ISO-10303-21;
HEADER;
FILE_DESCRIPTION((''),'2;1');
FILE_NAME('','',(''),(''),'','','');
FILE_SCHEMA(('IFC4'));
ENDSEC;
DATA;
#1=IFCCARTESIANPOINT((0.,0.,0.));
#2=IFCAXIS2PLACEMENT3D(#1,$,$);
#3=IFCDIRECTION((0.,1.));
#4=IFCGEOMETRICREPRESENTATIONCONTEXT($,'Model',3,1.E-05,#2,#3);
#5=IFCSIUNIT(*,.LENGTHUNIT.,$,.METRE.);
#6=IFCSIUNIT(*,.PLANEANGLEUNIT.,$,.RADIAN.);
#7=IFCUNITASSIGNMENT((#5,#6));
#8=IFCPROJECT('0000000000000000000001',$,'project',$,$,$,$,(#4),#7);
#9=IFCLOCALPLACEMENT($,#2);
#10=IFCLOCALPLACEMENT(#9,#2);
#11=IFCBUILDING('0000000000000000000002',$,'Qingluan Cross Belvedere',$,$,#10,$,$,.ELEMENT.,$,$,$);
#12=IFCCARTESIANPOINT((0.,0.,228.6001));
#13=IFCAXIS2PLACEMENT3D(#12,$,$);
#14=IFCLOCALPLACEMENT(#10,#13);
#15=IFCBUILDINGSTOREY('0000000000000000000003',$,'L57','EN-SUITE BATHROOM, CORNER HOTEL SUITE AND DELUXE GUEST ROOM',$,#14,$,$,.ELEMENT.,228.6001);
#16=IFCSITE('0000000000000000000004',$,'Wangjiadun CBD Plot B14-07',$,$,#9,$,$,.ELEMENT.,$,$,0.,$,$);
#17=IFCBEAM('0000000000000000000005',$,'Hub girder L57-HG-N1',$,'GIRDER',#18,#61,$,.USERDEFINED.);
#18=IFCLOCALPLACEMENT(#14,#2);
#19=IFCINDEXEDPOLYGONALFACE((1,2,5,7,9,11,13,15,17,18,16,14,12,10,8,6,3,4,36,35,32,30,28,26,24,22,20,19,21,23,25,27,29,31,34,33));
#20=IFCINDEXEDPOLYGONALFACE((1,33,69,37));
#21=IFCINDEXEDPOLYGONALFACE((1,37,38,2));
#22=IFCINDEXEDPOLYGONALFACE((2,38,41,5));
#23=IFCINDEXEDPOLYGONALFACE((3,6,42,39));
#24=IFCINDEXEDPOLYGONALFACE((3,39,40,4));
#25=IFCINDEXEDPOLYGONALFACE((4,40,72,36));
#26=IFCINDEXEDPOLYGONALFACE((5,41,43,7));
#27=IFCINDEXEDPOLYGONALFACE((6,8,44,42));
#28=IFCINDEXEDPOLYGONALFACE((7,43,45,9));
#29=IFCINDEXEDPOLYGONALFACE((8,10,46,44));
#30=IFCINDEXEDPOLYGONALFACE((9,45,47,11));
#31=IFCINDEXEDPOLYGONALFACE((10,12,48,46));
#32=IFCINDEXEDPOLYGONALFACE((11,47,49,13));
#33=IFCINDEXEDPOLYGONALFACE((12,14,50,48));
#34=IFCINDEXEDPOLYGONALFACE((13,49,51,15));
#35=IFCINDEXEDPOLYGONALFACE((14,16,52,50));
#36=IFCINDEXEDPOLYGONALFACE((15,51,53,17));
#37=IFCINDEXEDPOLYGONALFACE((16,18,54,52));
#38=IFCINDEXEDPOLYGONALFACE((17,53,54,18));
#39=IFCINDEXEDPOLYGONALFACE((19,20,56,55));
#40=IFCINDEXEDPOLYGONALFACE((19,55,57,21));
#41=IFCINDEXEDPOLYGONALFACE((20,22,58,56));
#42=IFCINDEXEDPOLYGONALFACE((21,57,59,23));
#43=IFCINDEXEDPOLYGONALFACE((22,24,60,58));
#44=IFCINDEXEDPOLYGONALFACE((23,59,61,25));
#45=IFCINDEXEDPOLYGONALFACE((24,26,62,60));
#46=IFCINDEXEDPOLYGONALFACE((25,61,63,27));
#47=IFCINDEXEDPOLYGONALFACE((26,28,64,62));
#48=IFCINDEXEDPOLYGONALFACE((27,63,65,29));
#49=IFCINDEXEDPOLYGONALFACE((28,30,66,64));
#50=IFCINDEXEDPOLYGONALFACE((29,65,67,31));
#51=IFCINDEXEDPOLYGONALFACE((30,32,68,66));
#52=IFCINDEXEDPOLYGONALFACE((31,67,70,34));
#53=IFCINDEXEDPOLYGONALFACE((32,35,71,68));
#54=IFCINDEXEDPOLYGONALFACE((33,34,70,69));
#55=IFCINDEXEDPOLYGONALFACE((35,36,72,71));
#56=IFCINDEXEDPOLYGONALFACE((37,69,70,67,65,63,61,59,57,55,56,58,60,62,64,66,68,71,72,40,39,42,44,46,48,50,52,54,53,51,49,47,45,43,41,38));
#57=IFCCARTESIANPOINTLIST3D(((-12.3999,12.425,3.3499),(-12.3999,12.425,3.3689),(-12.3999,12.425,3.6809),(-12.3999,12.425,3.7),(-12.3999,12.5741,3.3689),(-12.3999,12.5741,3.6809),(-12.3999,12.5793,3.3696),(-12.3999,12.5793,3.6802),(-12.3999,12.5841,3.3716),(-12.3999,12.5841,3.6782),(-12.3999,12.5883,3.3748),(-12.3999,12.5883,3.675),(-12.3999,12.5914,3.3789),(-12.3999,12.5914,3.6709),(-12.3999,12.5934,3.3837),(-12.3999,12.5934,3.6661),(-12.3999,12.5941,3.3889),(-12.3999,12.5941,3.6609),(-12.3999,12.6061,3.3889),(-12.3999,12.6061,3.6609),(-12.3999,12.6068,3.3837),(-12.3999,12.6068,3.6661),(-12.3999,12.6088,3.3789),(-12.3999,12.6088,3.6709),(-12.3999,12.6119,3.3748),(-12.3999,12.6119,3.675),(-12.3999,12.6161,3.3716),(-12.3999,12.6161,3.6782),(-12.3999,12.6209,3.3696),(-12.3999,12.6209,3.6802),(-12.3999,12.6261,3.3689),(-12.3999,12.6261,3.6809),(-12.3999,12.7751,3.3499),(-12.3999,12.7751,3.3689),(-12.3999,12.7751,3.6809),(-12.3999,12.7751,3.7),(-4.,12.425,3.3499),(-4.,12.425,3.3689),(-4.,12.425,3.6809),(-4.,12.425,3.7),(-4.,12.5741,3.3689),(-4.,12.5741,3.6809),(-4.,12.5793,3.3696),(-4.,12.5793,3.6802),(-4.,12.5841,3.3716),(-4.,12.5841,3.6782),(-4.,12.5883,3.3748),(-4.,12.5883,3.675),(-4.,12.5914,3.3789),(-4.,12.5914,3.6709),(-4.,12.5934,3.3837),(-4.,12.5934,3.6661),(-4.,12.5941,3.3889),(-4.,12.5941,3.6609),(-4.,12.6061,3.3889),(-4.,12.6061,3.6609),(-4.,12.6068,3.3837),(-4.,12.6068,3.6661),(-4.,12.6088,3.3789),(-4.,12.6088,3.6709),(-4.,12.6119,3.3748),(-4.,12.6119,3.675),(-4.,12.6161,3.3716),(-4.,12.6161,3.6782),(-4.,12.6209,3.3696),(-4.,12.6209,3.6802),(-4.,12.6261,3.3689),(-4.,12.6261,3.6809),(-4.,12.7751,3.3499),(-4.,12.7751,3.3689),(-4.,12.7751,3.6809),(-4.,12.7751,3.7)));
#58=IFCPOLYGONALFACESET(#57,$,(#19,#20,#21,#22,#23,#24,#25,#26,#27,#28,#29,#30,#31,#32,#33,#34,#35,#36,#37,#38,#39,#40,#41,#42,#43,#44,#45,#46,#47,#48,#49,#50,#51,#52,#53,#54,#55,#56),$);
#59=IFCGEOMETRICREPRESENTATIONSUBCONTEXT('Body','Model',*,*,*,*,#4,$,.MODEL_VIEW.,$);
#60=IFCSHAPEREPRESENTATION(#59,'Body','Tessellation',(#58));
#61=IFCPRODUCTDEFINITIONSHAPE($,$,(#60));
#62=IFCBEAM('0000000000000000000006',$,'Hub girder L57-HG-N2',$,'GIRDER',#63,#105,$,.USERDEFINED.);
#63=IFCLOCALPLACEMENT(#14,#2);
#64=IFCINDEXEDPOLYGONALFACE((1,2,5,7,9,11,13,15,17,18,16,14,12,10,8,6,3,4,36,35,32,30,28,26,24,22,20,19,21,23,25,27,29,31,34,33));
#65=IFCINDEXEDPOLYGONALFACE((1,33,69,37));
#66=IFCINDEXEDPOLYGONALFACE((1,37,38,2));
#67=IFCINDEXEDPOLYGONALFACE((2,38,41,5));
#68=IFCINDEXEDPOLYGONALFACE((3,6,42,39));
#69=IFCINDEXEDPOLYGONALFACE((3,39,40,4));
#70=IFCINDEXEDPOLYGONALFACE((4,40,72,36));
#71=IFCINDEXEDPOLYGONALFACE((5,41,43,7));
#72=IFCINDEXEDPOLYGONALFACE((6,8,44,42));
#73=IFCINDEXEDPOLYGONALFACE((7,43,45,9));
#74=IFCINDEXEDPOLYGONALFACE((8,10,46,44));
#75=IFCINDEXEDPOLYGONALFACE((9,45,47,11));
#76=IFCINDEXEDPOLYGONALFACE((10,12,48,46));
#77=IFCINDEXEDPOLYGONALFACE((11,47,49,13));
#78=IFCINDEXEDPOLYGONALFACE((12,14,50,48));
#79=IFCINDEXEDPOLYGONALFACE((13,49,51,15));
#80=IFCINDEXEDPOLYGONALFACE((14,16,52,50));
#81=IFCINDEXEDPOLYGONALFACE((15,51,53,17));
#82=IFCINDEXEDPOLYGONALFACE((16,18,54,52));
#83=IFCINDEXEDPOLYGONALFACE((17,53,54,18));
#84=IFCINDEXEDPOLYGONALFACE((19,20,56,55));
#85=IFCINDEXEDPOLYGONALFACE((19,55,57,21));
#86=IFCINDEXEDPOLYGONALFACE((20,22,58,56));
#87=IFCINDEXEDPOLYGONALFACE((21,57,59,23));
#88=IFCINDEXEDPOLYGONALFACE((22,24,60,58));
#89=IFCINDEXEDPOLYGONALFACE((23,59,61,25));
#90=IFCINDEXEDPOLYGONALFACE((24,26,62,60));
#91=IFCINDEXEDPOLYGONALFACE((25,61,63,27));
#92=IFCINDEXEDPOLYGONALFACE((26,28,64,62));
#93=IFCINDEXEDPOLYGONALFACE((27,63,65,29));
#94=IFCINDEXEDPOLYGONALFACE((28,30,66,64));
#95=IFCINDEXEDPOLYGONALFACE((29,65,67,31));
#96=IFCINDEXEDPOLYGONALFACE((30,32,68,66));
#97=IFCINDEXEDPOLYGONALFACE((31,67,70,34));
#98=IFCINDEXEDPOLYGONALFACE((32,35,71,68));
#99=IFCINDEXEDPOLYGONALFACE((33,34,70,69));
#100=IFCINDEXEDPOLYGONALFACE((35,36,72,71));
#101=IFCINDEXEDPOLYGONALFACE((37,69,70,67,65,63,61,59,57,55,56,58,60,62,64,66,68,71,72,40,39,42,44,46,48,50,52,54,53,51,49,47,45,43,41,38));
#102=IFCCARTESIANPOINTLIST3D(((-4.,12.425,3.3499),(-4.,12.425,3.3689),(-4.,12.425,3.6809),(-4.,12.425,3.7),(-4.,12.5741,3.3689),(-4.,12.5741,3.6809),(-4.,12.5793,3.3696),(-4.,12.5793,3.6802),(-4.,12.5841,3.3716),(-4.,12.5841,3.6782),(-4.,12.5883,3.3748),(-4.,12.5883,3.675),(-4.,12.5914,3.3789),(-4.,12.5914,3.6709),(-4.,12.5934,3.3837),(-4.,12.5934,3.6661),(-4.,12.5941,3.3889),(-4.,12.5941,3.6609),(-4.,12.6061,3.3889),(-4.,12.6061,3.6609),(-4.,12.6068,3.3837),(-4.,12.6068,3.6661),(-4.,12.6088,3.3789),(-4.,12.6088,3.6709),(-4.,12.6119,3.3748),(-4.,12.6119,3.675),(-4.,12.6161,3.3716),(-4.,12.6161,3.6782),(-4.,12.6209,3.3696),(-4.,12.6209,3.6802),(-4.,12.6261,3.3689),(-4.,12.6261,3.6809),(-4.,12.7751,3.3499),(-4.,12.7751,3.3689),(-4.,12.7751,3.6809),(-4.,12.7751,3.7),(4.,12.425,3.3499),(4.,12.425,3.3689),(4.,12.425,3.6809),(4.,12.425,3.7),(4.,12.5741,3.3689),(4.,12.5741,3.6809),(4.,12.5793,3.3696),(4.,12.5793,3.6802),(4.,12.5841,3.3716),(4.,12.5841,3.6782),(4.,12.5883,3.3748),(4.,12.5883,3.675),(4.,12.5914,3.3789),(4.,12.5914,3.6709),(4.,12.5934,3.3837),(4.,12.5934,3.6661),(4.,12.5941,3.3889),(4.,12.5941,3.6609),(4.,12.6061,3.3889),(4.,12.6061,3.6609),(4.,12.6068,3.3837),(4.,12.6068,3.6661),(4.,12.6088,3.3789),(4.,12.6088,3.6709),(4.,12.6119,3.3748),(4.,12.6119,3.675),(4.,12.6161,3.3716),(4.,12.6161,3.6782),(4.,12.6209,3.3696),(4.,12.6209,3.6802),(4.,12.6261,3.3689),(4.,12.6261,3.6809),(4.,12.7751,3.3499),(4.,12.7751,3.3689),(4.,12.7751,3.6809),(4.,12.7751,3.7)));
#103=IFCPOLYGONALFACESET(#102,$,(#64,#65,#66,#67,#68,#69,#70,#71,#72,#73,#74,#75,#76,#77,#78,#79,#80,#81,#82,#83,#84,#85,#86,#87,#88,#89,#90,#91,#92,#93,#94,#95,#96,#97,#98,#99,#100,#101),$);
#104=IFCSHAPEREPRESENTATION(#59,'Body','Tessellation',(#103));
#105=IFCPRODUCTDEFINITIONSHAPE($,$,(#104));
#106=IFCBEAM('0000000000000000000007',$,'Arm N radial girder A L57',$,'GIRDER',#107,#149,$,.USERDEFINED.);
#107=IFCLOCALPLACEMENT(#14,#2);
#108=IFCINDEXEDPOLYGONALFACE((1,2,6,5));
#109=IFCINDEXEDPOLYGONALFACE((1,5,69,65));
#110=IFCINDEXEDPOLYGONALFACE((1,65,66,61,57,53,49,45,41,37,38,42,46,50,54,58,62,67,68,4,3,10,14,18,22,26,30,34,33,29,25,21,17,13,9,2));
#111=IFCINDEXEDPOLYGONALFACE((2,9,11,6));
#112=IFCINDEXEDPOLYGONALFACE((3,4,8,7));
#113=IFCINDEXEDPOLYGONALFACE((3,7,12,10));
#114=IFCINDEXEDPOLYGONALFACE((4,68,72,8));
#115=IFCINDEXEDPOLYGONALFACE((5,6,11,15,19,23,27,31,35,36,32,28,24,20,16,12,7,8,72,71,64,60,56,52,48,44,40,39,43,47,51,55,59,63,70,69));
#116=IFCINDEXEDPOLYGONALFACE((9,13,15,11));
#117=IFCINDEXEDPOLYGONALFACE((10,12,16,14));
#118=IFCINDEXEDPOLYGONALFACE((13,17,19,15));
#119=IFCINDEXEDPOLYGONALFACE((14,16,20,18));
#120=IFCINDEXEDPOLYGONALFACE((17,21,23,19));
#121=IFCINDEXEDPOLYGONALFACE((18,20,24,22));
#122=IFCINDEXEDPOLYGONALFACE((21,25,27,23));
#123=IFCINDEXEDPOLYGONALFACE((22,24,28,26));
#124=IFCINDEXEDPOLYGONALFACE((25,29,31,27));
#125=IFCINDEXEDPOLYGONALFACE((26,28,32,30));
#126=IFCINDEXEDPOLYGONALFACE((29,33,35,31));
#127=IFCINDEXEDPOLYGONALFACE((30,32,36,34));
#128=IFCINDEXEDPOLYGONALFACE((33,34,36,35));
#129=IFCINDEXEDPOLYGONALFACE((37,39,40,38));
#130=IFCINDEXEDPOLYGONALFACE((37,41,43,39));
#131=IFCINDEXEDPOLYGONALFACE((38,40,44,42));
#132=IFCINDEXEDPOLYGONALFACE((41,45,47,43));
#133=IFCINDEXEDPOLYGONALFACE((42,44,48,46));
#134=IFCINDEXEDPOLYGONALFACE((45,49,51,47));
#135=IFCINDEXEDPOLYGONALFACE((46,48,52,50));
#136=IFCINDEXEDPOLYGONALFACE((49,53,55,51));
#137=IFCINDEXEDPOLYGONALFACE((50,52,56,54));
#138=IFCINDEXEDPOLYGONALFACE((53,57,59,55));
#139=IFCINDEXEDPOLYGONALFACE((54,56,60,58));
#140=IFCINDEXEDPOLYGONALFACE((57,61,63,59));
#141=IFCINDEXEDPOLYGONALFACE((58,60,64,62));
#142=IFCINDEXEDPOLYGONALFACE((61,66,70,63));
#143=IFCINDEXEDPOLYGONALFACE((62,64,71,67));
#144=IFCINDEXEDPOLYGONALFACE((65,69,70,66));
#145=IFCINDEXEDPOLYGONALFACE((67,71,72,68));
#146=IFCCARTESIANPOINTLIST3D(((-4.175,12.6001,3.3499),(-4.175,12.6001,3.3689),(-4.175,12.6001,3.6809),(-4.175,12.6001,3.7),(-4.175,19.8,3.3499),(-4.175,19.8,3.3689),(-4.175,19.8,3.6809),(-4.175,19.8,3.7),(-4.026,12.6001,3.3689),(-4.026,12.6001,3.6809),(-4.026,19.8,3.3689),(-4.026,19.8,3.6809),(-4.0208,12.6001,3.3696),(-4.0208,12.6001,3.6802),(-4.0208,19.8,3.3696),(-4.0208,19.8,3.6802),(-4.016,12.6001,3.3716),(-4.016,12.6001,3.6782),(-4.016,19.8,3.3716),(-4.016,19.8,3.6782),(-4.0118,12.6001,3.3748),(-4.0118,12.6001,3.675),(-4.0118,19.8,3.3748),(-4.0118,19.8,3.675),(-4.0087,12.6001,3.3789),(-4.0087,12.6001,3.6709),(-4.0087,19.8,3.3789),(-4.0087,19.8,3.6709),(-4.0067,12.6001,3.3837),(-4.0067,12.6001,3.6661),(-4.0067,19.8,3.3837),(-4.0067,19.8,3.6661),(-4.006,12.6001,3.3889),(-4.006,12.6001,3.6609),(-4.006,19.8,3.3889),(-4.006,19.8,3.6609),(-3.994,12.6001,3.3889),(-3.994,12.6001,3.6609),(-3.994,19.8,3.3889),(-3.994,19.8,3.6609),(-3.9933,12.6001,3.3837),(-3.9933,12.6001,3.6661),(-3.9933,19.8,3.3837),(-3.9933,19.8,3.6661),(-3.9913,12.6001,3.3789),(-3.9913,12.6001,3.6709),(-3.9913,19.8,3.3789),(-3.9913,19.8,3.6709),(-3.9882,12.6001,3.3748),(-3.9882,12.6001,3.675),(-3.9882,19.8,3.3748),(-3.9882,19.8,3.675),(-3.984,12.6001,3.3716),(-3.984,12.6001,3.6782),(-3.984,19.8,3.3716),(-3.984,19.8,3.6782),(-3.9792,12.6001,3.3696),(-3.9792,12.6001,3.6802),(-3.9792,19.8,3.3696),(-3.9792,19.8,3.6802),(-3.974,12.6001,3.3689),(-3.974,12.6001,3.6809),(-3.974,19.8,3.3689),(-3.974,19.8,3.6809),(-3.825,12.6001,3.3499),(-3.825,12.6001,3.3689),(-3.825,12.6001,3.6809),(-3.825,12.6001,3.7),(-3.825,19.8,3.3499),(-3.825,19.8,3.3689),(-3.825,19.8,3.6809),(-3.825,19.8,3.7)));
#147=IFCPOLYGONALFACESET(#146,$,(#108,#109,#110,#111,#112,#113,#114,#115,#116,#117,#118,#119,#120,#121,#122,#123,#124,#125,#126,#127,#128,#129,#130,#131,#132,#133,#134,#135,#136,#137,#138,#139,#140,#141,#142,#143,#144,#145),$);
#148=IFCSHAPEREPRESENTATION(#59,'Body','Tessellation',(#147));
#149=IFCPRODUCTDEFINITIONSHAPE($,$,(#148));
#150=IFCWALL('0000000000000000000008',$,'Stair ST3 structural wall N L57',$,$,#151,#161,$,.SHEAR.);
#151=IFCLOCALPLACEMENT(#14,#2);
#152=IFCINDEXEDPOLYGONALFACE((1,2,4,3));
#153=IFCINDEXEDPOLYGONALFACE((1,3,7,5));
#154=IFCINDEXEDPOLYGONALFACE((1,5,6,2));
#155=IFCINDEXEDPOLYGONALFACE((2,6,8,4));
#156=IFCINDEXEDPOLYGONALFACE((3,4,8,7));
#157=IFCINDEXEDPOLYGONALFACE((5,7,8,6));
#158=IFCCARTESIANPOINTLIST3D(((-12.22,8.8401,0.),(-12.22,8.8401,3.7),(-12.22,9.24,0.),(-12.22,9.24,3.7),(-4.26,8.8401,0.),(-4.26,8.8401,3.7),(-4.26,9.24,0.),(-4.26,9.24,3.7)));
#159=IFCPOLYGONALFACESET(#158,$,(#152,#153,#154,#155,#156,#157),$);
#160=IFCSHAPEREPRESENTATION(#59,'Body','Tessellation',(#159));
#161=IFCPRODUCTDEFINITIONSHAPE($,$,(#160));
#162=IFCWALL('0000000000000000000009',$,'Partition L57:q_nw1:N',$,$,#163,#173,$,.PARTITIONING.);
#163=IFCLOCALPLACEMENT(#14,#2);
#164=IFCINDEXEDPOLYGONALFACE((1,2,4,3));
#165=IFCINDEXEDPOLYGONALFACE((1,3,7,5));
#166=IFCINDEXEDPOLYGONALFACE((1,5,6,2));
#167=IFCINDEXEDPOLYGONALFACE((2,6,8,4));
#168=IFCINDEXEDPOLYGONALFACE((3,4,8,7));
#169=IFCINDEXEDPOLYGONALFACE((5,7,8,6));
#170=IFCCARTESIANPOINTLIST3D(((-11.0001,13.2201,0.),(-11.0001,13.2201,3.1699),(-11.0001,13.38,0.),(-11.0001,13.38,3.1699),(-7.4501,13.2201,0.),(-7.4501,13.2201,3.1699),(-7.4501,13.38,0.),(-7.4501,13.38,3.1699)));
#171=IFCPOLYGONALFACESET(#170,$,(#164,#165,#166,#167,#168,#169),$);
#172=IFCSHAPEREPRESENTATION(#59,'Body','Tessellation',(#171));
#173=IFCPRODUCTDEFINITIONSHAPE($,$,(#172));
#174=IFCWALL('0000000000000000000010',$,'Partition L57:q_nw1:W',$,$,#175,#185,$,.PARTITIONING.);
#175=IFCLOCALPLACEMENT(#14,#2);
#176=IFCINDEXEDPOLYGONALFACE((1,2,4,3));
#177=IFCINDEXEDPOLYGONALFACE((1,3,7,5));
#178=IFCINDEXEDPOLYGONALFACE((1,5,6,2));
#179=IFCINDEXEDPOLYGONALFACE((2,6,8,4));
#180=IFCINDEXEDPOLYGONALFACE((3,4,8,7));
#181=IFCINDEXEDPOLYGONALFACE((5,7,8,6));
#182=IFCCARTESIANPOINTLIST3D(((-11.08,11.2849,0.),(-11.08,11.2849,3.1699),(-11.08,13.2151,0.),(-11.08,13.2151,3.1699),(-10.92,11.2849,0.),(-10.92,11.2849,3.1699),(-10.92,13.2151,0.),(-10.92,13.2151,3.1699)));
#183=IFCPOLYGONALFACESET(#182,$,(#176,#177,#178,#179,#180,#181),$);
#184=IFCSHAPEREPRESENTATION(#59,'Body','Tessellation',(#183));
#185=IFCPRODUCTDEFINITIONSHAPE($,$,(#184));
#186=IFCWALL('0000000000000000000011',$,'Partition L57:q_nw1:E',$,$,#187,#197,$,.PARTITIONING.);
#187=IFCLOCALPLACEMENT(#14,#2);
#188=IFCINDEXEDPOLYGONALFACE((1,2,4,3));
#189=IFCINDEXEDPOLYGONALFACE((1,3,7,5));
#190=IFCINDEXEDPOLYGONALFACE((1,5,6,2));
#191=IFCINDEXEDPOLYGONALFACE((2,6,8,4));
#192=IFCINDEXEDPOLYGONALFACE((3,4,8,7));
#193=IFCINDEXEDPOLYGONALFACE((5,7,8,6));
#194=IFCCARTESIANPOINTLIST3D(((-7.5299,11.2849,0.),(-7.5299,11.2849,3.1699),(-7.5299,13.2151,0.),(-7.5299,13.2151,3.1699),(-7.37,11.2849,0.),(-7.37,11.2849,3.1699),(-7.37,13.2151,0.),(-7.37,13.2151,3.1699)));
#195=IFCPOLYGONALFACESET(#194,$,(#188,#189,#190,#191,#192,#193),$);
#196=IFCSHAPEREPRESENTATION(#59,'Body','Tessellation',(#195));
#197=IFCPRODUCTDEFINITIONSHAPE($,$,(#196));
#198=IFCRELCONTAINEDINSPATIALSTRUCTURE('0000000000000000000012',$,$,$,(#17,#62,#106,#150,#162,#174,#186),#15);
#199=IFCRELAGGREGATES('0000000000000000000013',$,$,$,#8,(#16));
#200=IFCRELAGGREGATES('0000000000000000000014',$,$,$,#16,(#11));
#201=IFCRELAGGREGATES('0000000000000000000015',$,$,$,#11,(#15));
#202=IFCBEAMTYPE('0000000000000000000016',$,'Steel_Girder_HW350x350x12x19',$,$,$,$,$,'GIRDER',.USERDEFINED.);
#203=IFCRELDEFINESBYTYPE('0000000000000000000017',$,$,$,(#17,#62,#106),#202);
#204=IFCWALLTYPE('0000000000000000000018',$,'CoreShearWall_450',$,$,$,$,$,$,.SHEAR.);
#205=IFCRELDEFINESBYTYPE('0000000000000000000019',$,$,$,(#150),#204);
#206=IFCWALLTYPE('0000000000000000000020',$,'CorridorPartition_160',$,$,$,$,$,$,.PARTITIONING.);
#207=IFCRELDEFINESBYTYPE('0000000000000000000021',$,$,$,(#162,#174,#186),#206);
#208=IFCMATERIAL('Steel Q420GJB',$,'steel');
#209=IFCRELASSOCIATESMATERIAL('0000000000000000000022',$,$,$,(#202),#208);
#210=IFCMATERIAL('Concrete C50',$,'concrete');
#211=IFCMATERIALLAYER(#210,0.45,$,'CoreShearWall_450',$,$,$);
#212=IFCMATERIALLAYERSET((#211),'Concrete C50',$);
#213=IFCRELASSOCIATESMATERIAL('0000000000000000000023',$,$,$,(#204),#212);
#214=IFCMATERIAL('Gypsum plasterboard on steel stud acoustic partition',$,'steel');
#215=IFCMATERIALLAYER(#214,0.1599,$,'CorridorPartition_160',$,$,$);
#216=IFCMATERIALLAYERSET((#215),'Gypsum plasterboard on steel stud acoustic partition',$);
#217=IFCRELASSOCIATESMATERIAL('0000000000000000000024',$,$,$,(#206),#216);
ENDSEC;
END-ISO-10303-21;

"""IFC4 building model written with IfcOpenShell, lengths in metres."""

from ifc_helpers import new_model, si_unit, direction, frame, frame_2d, origin, origin_2d, place, context, subcontext, project, spatial, rectangle, i_section, extrude, material, layer, layer_set, material_profile, profile_set, type_object, element, save


model = new_model("IFC4")

# Units and contexts
model_context = context("Model", 3, precision=1e-05, world=origin(), true_north=direction((0.0, 1.0)))
body_context = subcontext(model_context, "Body", "Model", "MODEL_VIEW")
ifc_project = project(units=[si_unit("LENGTHUNIT", "METRE"), si_unit("PLANEANGLEUNIT", "RADIAN")], contexts=[model_context])

# Site, building, storey
site_placement = place(None, origin())
site = spatial("IfcSite", under=ifc_project, at=site_placement, Name="Wangjiadun CBD Plot B14-07", CompositionType="ELEMENT", RefElevation=0.0)
building_placement = place(site_placement, origin())
building = spatial("IfcBuilding", under=site, at=building_placement, Name="Qingluan Cross Belvedere", CompositionType="ELEMENT")
storey_placement = place(building_placement, frame((0.0, 0.0, 228.6001)))
storey = spatial("IfcBuildingStorey", under=building, at=storey_placement, Name="L57", Description="EN-SUITE BATHROOM, CORNER HOTEL SUITE AND DELUXE GUEST ROOM", CompositionType="ELEMENT", Elevation=228.6001)

# Beams
ifc_material_1 = material(Name="Steel Q420GJB", Category="steel")
ifc_material_profile_1 = material_profile(ifc_material_1, i_section(OverallWidth=0.3501, OverallDepth=0.3501, WebThickness=0.012, FlangeThickness=0.019, FilletRadius=0.02, at=origin_2d()), Name="HW350x350x12x19")
ifc_profile_set_1 = profile_set([ifc_material_profile_1], Name="Steel Q420GJB")
beam_type_1 = type_object("IfcBeamType", Name="Steel_Girder_HW350x350x12x19", ElementType="GIRDER", PredefinedType="USERDEFINED", material=ifc_profile_set_1)
beam_1_placement = place(storey_placement, frame((-12.3999, 12.6001, 3.5249), z_axis=(1.0, 0.0, 0.0), x_axis=(0.0, 1.0, 0.0)))
element("IfcBeam", 1, at=beam_1_placement, inside=storey, type_object=beam_type_1, Name="Hub girder L57-HG-N1", ObjectType="GIRDER", PredefinedType="USERDEFINED", context=body_context, shape_type="SweptSolid", body=[
    extrude(i_section(OverallWidth=0.3501, OverallDepth=0.3501, WebThickness=0.012, FlangeThickness=0.019, FilletRadius=0.02, at=origin_2d()), origin(), (0.0, 0.0, 1.0), 8.3999),
])
beam_2_placement = place(storey_placement, frame((-4.0, 12.6001, 3.5249), z_axis=(1.0, 0.0, 0.0), x_axis=(0.0, 1.0, 0.0)))
element("IfcBeam", 2, at=beam_2_placement, inside=storey, type_object=beam_type_1, Name="Hub girder L57-HG-N2", ObjectType="GIRDER", PredefinedType="USERDEFINED", context=body_context, shape_type="SweptSolid", body=[
    extrude(i_section(OverallWidth=0.3501, OverallDepth=0.3501, WebThickness=0.012, FlangeThickness=0.019, FilletRadius=0.02, at=origin_2d()), origin(), (0.0, 0.0, 1.0), 8.0),
])
beam_3_placement = place(storey_placement, frame((-4.0, 12.6001, 3.5249), z_axis=(0.0, 1.0, 0.0), x_axis=(-1.0, 0.0, 0.0)))
element("IfcBeam", 3, at=beam_3_placement, inside=storey, type_object=beam_type_1, Name="Arm N radial girder A L57", ObjectType="GIRDER", PredefinedType="USERDEFINED", context=body_context, shape_type="SweptSolid", body=[
    extrude(i_section(OverallWidth=0.3501, OverallDepth=0.3501, WebThickness=0.012, FlangeThickness=0.019, FilletRadius=0.02, at=origin_2d()), origin(), (0.0, 0.0, 1.0), 7.2),
])

# Wall
ifc_material_2 = material(Name="Concrete C50", Category="concrete")
ifc_layer_1 = layer(ifc_material_2, 0.45, Name="CoreShearWall_450")
ifc_layer_set_1 = layer_set([ifc_layer_1], Name="Concrete C50")
wall_type_1 = type_object("IfcWallType", Name="CoreShearWall_450", PredefinedType="SHEAR", material=ifc_layer_set_1)
wall_1_placement = place(storey_placement, frame((-12.22, 9.04, 0.0), z_axis=(0.0, 0.0, 1.0), x_axis=(1.0, 0.0, 0.0)))
element("IfcWall", 4, at=wall_1_placement, inside=storey, type_object=wall_type_1, Name="Stair ST3 structural wall N L57", PredefinedType="SHEAR", context=body_context, shape_type="SweptSolid", body=[
    extrude(rectangle(XDim=7.96, YDim=0.3999, at=frame_2d((3.98, 0.0))), origin(), (0.0, 0.0, 1.0), 3.7),
])

# Shared definitions
ifc_material_3 = material(Name="Gypsum plasterboard on steel stud acoustic partition", Category="steel")
ifc_layer_2 = layer(ifc_material_3, 0.1599, Name="CorridorPartition_160")
ifc_layer_set_2 = layer_set([ifc_layer_2], Name="Gypsum plasterboard on steel stud acoustic partition")
wall_type_2 = type_object("IfcWallType", Name="CorridorPartition_160", PredefinedType="PARTITIONING", material=ifc_layer_set_2)

# Walls
wall_2_placement = place(storey_placement, frame((-11.0, 13.3, 0.0), z_axis=(0.0, 0.0, 1.0), x_axis=(1.0, 0.0, 0.0)))
element("IfcWall", 5, at=wall_2_placement, inside=storey, type_object=wall_type_2, Name="Partition L57:q_nw1:N", PredefinedType="PARTITIONING", context=body_context, shape_type="SweptSolid", body=[
    extrude(rectangle(XDim=3.55, YDim=0.1599, at=frame_2d((1.7749, 0.0))), origin(), (0.0, 0.0, 1.0), 3.1699),
])
for number, where, z_axis, x_axis, name in (
    (6, (-11.0, 11.2849, 0.0), (0.0, 0.0, 1.0), (0.0, 1.0, 0.0), "Partition L57:q_nw1:W"),
    (7, (-7.45, 11.2849, 0.0), (0.0, 0.0, 1.0), (0.0, 1.0, 0.0), "Partition L57:q_nw1:E"),
):
    element("IfcWall", number, at=place(storey_placement, frame(where, z_axis=z_axis, x_axis=x_axis)), inside=storey, type_object=wall_type_2, Name=name, PredefinedType="PARTITIONING", context=body_context, shape_type="SweptSolid", body=[
        extrude(rectangle(XDim=1.9302, YDim=0.1599, at=frame_2d((0.9651, 0.0))), origin(), (0.0, 0.0, 1.0), 3.1699),
    ])

save(model, "model.ifc")
